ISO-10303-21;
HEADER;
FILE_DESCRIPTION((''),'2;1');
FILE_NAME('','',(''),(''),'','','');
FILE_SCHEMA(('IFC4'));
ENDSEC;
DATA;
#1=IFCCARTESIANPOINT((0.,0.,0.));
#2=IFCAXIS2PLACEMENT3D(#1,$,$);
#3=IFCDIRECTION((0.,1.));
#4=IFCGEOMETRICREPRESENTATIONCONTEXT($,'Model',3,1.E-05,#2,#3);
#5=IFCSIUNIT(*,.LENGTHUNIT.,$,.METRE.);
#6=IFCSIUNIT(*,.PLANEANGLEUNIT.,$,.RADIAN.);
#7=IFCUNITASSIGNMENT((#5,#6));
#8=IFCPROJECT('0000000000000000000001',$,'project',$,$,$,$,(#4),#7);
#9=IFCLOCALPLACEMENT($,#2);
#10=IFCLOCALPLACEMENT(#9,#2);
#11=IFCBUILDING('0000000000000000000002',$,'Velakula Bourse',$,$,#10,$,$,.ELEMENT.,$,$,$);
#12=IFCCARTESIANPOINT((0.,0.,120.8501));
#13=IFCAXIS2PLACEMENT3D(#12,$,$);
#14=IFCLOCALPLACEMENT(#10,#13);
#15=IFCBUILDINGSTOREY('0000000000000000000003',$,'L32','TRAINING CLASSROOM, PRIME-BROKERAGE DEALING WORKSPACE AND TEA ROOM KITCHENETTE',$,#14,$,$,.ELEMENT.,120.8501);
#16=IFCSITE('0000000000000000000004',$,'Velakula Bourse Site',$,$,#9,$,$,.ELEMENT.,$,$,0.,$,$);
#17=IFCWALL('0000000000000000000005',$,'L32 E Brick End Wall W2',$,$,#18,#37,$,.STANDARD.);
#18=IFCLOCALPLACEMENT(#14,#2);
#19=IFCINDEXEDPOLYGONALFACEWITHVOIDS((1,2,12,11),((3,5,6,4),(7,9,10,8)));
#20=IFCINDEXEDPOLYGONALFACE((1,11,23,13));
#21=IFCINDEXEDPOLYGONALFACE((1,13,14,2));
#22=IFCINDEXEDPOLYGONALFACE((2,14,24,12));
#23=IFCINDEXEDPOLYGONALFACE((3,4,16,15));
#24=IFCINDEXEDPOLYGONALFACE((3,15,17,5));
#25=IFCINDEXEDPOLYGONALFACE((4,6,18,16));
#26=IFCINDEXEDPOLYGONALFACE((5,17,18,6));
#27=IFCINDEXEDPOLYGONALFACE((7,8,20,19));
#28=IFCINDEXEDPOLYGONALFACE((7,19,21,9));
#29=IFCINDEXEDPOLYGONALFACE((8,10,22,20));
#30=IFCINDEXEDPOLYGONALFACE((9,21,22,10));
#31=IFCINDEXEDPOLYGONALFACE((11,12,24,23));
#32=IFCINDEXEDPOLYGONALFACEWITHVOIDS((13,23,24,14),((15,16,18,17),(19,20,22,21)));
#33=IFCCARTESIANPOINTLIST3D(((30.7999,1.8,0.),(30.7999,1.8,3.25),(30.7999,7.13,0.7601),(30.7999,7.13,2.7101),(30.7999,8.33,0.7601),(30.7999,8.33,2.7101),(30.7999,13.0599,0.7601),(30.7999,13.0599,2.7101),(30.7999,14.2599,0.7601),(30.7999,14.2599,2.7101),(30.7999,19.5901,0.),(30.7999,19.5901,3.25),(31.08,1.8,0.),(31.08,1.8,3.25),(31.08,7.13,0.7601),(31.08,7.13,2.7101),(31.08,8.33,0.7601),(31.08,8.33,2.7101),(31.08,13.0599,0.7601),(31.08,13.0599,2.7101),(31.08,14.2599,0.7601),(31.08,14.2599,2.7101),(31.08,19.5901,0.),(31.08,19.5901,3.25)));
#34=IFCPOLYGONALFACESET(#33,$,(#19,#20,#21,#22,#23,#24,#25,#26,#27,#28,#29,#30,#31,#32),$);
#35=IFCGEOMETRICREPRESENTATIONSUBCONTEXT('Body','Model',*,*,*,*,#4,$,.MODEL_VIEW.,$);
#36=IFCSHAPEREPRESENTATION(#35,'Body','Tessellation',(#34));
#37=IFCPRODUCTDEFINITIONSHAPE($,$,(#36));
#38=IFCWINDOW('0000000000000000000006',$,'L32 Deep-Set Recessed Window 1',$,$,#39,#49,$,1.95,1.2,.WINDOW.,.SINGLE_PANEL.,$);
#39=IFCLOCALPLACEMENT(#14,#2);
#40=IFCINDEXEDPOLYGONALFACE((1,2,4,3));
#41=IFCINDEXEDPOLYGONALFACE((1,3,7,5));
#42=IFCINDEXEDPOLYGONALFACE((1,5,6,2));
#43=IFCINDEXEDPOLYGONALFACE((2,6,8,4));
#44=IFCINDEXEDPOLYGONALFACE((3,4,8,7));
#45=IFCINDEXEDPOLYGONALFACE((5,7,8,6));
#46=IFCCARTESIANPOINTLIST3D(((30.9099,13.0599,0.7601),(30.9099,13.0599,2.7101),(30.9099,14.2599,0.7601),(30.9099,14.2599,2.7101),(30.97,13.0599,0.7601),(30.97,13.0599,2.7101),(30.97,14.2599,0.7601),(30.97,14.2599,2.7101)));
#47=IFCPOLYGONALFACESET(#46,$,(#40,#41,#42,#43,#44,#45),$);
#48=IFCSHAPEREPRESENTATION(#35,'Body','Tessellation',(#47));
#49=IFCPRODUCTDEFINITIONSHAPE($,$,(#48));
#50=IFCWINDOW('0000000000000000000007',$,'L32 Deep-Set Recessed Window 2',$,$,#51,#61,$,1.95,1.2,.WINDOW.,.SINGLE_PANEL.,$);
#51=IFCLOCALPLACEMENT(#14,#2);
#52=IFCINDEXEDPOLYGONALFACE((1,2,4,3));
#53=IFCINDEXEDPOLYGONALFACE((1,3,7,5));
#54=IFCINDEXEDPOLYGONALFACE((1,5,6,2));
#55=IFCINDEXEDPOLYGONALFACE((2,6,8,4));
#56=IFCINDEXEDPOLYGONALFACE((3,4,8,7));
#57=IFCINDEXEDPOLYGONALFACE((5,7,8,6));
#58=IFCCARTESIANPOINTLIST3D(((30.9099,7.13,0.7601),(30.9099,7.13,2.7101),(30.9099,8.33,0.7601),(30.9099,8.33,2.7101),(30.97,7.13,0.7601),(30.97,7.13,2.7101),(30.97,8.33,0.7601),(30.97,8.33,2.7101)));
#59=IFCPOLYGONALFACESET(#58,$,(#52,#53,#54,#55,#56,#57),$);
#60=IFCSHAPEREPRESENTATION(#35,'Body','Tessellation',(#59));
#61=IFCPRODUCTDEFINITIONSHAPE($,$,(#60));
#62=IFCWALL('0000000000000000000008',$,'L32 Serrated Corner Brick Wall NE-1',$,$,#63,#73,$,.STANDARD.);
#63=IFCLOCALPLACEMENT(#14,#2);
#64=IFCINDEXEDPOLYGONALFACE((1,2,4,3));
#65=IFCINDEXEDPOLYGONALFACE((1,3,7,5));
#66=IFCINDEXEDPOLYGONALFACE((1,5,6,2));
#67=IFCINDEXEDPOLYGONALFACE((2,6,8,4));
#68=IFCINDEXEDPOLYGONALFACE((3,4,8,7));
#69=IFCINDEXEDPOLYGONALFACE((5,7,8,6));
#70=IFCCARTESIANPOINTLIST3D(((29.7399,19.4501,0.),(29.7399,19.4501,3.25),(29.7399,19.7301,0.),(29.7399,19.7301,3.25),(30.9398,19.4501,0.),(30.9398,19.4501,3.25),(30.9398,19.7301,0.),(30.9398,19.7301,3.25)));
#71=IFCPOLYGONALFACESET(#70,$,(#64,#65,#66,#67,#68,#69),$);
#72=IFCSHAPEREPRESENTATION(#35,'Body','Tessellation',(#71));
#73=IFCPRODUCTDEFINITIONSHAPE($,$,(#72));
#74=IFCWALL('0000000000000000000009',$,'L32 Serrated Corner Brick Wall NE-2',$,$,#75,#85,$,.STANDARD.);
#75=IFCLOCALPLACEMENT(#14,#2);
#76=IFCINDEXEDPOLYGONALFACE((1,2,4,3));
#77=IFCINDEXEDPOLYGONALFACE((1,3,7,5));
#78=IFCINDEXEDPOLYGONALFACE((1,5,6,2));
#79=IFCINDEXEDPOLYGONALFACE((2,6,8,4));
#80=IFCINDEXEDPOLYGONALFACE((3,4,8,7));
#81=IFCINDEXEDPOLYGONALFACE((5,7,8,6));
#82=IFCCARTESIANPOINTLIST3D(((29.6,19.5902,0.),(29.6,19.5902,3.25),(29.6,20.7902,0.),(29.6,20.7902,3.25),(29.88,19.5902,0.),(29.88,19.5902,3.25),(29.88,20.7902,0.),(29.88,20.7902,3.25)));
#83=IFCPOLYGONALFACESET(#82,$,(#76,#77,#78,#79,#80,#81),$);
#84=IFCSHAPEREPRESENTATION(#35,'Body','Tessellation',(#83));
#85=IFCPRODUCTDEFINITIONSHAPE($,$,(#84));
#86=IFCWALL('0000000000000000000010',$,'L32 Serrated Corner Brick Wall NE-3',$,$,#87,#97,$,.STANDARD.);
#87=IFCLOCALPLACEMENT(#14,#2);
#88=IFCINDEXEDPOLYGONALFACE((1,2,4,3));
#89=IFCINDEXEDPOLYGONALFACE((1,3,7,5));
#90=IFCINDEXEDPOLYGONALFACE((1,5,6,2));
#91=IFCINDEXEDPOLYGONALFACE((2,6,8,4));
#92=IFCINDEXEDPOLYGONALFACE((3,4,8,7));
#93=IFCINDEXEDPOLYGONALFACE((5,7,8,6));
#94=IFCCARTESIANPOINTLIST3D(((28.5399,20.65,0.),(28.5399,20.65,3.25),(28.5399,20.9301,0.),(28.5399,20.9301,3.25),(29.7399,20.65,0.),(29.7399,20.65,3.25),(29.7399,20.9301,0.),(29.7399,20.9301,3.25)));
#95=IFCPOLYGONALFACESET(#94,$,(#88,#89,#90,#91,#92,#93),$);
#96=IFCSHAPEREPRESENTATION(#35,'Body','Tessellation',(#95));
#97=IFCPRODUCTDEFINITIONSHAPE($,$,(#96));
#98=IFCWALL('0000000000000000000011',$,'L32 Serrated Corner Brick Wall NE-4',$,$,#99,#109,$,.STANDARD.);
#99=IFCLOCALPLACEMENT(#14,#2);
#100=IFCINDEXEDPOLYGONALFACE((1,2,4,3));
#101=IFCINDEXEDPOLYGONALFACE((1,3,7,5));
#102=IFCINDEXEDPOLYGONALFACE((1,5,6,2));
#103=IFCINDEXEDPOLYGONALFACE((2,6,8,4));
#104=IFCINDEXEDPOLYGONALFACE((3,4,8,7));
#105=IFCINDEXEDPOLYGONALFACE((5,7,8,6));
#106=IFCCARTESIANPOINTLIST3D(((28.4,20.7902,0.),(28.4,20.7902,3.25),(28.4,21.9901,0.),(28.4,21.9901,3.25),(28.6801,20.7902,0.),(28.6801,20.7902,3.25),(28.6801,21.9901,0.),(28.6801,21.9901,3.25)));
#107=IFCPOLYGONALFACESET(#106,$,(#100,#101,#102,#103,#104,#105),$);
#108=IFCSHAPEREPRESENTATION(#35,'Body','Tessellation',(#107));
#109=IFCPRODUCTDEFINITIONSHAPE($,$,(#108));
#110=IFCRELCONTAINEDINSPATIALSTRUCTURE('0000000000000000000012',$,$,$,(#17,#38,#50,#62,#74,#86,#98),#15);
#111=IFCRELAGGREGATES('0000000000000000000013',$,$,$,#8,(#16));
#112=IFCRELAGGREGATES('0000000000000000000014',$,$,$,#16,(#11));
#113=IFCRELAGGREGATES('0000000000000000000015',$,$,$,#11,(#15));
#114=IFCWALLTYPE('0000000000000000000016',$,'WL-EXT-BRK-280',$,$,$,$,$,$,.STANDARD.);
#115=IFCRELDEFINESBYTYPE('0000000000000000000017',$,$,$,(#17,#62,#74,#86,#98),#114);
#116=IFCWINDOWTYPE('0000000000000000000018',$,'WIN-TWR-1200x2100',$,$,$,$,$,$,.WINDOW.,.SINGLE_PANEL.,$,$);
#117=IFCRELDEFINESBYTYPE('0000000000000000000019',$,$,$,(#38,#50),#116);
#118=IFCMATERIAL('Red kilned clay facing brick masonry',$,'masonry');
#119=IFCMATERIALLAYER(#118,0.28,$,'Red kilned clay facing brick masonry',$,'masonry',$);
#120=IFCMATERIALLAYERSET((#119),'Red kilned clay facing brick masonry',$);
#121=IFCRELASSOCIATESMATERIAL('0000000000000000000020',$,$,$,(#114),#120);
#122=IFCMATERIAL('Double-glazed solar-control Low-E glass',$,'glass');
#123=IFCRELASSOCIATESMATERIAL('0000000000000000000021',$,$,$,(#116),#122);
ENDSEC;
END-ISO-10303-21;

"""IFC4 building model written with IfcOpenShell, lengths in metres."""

from ifc_helpers import new_model, si_unit, direction, frame, frame_2d, origin, place, context, subcontext, project, spatial, rectangle, extrude, material, layer, layer_set, type_object, element, fill, save


model = new_model("IFC4")

# Units and contexts
model_context = context("Model", 3, precision=1e-05, world=origin(), true_north=direction((0.0, 1.0)))
body_context = subcontext(model_context, "Body", "Model", "MODEL_VIEW")
ifc_project = project(units=[si_unit("LENGTHUNIT", "METRE"), si_unit("PLANEANGLEUNIT", "RADIAN")], contexts=[model_context])

# Site, building, storey
site_placement = place(None, origin())
site = spatial("IfcSite", under=ifc_project, at=site_placement, Name="Velakula Bourse Site", CompositionType="ELEMENT", RefElevation=0.0)
building_placement = place(site_placement, origin())
building = spatial("IfcBuilding", under=site, at=building_placement, Name="Velakula Bourse", CompositionType="ELEMENT")
storey_placement = place(building_placement, frame((0.0, 0.0, 120.8501)))
storey = spatial("IfcBuildingStorey", under=building, at=storey_placement, Name="L32", Description="TRAINING CLASSROOM, PRIME-BROKERAGE DEALING WORKSPACE AND TEA ROOM KITCHENETTE", CompositionType="ELEMENT", Elevation=120.8501)

# Wall, openings, windows
ifc_material_1 = material(Name="Red kilned clay facing brick masonry", Category="masonry")
ifc_layer = layer(ifc_material_1, 0.28, Name="Red kilned clay facing brick masonry", Category="masonry")
ifc_layer_set = layer_set([ifc_layer], Name="Red kilned clay facing brick masonry")
wall_type = type_object("IfcWallType", Name="WL-EXT-BRK-280", PredefinedType="STANDARD", material=ifc_layer_set)
wall_placement = place(storey_placement, frame((30.9399, 19.5901, 0.0), z_axis=(0.0, 0.0, 1.0), x_axis=(0.0, -1.0, 0.0)))
wall = element("IfcWall", 1, at=wall_placement, inside=storey, type_object=wall_type, Name="L32 E Brick End Wall W2", PredefinedType="STANDARD", context=body_context, shape_type="SweptSolid", body=[
    extrude(rectangle(XDim=17.79, YDim=0.28, at=frame_2d((8.895, 0.0))), origin(), (0.0, 0.0, 1.0), 3.25),
])
opening_1_placement = place(wall_placement, frame((5.3301, 0.0, 0.76)))
opening_1 = element("IfcOpeningElement", 2, at=opening_1_placement, cuts=wall, PredefinedType="OPENING", context=body_context, shape_type="SweptSolid", body=[
    extrude(rectangle(XDim=1.2, YDim=1.95, at=frame_2d((0.6001, 0.9751))), frame((0.0, 0.1499, 0.0), z_axis=(0.0, -1.0, 0.0), x_axis=(1.0, 0.0, 0.0)), (0.0, 0.0, 1.0), 0.3),
])
opening_2_placement = place(wall_placement, frame((11.26, 0.0, 0.76)))
opening_2 = element("IfcOpeningElement", 3, at=opening_2_placement, cuts=wall, PredefinedType="OPENING", context=body_context, shape_type="SweptSolid", body=[
    extrude(rectangle(XDim=1.2, YDim=1.95, at=frame_2d((0.6001, 0.9751))), frame((0.0, 0.1499, 0.0), z_axis=(0.0, -1.0, 0.0), x_axis=(1.0, 0.0, 0.0)), (0.0, 0.0, 1.0), 0.3),
])
ifc_material_2 = material(Name="Double-glazed solar-control Low-E glass", Category="glass")
window_type = type_object("IfcWindowType", Name="WIN-TWR-1200x2100", PartitioningType="SINGLE_PANEL", PredefinedType="WINDOW", material=ifc_material_2)
window_1_placement = place(opening_1_placement, origin())
window_1 = element("IfcWindow", 4, at=window_1_placement, inside=storey, type_object=window_type, Name="L32 Deep-Set Recessed Window 1", OverallHeight=1.95, OverallWidth=1.2, PartitioningType="SINGLE_PANEL", PredefinedType="WINDOW", context=body_context, shape_type="SweptSolid", body=[
    extrude(rectangle(XDim=1.2, YDim=1.95, at=frame_2d((0.6001, 0.9751))), frame((0.0, 0.03, 0.0), z_axis=(0.0, -1.0, 0.0), x_axis=(1.0, 0.0, 0.0)), (0.0, 0.0, 1.0), 0.0601),
])
fill(opening_1, window_1)
window_2_placement = place(opening_2_placement, origin())
window_2 = element("IfcWindow", 5, at=window_2_placement, inside=storey, type_object=window_type, Name="L32 Deep-Set Recessed Window 2", OverallHeight=1.95, OverallWidth=1.2, PartitioningType="SINGLE_PANEL", PredefinedType="WINDOW", context=body_context, shape_type="SweptSolid", body=[
    extrude(rectangle(XDim=1.2, YDim=1.95, at=frame_2d((0.6001, 0.9751))), frame((0.0, 0.03, 0.0), z_axis=(0.0, -1.0, 0.0), x_axis=(1.0, 0.0, 0.0)), (0.0, 0.0, 1.0), 0.0601),
])
fill(opening_2, window_2)

# Walls
for number, where, z_axis, x_axis, name in (
    (6, (30.9399, 19.5901, 0.0), (0.0, 0.0, 1.0), (-1.0, 0.0, 0.0), "L32 Serrated Corner Brick Wall NE-1"),
    (7, (29.74, 19.5901, 0.0), (0.0, 0.0, 1.0), (0.0, 1.0, 0.0), "L32 Serrated Corner Brick Wall NE-2"),
    (8, (29.74, 20.79, 0.0), (0.0, 0.0, 1.0), (-1.0, 0.0, 0.0), "L32 Serrated Corner Brick Wall NE-3"),
    (9, (28.54, 20.79, 0.0), (0.0, 0.0, 1.0), (0.0, 1.0, 0.0), "L32 Serrated Corner Brick Wall NE-4"),
):
    element("IfcWall", number, at=place(storey_placement, frame(where, z_axis=z_axis, x_axis=x_axis)), inside=storey, type_object=wall_type, Name=name, PredefinedType="STANDARD", context=body_context, shape_type="SweptSolid", body=[
        extrude(rectangle(XDim=1.2, YDim=0.28, at=frame_2d((0.6001, 0.0))), origin(), (0.0, 0.0, 1.0), 3.25),
    ])

save(model, "model.ifc")
